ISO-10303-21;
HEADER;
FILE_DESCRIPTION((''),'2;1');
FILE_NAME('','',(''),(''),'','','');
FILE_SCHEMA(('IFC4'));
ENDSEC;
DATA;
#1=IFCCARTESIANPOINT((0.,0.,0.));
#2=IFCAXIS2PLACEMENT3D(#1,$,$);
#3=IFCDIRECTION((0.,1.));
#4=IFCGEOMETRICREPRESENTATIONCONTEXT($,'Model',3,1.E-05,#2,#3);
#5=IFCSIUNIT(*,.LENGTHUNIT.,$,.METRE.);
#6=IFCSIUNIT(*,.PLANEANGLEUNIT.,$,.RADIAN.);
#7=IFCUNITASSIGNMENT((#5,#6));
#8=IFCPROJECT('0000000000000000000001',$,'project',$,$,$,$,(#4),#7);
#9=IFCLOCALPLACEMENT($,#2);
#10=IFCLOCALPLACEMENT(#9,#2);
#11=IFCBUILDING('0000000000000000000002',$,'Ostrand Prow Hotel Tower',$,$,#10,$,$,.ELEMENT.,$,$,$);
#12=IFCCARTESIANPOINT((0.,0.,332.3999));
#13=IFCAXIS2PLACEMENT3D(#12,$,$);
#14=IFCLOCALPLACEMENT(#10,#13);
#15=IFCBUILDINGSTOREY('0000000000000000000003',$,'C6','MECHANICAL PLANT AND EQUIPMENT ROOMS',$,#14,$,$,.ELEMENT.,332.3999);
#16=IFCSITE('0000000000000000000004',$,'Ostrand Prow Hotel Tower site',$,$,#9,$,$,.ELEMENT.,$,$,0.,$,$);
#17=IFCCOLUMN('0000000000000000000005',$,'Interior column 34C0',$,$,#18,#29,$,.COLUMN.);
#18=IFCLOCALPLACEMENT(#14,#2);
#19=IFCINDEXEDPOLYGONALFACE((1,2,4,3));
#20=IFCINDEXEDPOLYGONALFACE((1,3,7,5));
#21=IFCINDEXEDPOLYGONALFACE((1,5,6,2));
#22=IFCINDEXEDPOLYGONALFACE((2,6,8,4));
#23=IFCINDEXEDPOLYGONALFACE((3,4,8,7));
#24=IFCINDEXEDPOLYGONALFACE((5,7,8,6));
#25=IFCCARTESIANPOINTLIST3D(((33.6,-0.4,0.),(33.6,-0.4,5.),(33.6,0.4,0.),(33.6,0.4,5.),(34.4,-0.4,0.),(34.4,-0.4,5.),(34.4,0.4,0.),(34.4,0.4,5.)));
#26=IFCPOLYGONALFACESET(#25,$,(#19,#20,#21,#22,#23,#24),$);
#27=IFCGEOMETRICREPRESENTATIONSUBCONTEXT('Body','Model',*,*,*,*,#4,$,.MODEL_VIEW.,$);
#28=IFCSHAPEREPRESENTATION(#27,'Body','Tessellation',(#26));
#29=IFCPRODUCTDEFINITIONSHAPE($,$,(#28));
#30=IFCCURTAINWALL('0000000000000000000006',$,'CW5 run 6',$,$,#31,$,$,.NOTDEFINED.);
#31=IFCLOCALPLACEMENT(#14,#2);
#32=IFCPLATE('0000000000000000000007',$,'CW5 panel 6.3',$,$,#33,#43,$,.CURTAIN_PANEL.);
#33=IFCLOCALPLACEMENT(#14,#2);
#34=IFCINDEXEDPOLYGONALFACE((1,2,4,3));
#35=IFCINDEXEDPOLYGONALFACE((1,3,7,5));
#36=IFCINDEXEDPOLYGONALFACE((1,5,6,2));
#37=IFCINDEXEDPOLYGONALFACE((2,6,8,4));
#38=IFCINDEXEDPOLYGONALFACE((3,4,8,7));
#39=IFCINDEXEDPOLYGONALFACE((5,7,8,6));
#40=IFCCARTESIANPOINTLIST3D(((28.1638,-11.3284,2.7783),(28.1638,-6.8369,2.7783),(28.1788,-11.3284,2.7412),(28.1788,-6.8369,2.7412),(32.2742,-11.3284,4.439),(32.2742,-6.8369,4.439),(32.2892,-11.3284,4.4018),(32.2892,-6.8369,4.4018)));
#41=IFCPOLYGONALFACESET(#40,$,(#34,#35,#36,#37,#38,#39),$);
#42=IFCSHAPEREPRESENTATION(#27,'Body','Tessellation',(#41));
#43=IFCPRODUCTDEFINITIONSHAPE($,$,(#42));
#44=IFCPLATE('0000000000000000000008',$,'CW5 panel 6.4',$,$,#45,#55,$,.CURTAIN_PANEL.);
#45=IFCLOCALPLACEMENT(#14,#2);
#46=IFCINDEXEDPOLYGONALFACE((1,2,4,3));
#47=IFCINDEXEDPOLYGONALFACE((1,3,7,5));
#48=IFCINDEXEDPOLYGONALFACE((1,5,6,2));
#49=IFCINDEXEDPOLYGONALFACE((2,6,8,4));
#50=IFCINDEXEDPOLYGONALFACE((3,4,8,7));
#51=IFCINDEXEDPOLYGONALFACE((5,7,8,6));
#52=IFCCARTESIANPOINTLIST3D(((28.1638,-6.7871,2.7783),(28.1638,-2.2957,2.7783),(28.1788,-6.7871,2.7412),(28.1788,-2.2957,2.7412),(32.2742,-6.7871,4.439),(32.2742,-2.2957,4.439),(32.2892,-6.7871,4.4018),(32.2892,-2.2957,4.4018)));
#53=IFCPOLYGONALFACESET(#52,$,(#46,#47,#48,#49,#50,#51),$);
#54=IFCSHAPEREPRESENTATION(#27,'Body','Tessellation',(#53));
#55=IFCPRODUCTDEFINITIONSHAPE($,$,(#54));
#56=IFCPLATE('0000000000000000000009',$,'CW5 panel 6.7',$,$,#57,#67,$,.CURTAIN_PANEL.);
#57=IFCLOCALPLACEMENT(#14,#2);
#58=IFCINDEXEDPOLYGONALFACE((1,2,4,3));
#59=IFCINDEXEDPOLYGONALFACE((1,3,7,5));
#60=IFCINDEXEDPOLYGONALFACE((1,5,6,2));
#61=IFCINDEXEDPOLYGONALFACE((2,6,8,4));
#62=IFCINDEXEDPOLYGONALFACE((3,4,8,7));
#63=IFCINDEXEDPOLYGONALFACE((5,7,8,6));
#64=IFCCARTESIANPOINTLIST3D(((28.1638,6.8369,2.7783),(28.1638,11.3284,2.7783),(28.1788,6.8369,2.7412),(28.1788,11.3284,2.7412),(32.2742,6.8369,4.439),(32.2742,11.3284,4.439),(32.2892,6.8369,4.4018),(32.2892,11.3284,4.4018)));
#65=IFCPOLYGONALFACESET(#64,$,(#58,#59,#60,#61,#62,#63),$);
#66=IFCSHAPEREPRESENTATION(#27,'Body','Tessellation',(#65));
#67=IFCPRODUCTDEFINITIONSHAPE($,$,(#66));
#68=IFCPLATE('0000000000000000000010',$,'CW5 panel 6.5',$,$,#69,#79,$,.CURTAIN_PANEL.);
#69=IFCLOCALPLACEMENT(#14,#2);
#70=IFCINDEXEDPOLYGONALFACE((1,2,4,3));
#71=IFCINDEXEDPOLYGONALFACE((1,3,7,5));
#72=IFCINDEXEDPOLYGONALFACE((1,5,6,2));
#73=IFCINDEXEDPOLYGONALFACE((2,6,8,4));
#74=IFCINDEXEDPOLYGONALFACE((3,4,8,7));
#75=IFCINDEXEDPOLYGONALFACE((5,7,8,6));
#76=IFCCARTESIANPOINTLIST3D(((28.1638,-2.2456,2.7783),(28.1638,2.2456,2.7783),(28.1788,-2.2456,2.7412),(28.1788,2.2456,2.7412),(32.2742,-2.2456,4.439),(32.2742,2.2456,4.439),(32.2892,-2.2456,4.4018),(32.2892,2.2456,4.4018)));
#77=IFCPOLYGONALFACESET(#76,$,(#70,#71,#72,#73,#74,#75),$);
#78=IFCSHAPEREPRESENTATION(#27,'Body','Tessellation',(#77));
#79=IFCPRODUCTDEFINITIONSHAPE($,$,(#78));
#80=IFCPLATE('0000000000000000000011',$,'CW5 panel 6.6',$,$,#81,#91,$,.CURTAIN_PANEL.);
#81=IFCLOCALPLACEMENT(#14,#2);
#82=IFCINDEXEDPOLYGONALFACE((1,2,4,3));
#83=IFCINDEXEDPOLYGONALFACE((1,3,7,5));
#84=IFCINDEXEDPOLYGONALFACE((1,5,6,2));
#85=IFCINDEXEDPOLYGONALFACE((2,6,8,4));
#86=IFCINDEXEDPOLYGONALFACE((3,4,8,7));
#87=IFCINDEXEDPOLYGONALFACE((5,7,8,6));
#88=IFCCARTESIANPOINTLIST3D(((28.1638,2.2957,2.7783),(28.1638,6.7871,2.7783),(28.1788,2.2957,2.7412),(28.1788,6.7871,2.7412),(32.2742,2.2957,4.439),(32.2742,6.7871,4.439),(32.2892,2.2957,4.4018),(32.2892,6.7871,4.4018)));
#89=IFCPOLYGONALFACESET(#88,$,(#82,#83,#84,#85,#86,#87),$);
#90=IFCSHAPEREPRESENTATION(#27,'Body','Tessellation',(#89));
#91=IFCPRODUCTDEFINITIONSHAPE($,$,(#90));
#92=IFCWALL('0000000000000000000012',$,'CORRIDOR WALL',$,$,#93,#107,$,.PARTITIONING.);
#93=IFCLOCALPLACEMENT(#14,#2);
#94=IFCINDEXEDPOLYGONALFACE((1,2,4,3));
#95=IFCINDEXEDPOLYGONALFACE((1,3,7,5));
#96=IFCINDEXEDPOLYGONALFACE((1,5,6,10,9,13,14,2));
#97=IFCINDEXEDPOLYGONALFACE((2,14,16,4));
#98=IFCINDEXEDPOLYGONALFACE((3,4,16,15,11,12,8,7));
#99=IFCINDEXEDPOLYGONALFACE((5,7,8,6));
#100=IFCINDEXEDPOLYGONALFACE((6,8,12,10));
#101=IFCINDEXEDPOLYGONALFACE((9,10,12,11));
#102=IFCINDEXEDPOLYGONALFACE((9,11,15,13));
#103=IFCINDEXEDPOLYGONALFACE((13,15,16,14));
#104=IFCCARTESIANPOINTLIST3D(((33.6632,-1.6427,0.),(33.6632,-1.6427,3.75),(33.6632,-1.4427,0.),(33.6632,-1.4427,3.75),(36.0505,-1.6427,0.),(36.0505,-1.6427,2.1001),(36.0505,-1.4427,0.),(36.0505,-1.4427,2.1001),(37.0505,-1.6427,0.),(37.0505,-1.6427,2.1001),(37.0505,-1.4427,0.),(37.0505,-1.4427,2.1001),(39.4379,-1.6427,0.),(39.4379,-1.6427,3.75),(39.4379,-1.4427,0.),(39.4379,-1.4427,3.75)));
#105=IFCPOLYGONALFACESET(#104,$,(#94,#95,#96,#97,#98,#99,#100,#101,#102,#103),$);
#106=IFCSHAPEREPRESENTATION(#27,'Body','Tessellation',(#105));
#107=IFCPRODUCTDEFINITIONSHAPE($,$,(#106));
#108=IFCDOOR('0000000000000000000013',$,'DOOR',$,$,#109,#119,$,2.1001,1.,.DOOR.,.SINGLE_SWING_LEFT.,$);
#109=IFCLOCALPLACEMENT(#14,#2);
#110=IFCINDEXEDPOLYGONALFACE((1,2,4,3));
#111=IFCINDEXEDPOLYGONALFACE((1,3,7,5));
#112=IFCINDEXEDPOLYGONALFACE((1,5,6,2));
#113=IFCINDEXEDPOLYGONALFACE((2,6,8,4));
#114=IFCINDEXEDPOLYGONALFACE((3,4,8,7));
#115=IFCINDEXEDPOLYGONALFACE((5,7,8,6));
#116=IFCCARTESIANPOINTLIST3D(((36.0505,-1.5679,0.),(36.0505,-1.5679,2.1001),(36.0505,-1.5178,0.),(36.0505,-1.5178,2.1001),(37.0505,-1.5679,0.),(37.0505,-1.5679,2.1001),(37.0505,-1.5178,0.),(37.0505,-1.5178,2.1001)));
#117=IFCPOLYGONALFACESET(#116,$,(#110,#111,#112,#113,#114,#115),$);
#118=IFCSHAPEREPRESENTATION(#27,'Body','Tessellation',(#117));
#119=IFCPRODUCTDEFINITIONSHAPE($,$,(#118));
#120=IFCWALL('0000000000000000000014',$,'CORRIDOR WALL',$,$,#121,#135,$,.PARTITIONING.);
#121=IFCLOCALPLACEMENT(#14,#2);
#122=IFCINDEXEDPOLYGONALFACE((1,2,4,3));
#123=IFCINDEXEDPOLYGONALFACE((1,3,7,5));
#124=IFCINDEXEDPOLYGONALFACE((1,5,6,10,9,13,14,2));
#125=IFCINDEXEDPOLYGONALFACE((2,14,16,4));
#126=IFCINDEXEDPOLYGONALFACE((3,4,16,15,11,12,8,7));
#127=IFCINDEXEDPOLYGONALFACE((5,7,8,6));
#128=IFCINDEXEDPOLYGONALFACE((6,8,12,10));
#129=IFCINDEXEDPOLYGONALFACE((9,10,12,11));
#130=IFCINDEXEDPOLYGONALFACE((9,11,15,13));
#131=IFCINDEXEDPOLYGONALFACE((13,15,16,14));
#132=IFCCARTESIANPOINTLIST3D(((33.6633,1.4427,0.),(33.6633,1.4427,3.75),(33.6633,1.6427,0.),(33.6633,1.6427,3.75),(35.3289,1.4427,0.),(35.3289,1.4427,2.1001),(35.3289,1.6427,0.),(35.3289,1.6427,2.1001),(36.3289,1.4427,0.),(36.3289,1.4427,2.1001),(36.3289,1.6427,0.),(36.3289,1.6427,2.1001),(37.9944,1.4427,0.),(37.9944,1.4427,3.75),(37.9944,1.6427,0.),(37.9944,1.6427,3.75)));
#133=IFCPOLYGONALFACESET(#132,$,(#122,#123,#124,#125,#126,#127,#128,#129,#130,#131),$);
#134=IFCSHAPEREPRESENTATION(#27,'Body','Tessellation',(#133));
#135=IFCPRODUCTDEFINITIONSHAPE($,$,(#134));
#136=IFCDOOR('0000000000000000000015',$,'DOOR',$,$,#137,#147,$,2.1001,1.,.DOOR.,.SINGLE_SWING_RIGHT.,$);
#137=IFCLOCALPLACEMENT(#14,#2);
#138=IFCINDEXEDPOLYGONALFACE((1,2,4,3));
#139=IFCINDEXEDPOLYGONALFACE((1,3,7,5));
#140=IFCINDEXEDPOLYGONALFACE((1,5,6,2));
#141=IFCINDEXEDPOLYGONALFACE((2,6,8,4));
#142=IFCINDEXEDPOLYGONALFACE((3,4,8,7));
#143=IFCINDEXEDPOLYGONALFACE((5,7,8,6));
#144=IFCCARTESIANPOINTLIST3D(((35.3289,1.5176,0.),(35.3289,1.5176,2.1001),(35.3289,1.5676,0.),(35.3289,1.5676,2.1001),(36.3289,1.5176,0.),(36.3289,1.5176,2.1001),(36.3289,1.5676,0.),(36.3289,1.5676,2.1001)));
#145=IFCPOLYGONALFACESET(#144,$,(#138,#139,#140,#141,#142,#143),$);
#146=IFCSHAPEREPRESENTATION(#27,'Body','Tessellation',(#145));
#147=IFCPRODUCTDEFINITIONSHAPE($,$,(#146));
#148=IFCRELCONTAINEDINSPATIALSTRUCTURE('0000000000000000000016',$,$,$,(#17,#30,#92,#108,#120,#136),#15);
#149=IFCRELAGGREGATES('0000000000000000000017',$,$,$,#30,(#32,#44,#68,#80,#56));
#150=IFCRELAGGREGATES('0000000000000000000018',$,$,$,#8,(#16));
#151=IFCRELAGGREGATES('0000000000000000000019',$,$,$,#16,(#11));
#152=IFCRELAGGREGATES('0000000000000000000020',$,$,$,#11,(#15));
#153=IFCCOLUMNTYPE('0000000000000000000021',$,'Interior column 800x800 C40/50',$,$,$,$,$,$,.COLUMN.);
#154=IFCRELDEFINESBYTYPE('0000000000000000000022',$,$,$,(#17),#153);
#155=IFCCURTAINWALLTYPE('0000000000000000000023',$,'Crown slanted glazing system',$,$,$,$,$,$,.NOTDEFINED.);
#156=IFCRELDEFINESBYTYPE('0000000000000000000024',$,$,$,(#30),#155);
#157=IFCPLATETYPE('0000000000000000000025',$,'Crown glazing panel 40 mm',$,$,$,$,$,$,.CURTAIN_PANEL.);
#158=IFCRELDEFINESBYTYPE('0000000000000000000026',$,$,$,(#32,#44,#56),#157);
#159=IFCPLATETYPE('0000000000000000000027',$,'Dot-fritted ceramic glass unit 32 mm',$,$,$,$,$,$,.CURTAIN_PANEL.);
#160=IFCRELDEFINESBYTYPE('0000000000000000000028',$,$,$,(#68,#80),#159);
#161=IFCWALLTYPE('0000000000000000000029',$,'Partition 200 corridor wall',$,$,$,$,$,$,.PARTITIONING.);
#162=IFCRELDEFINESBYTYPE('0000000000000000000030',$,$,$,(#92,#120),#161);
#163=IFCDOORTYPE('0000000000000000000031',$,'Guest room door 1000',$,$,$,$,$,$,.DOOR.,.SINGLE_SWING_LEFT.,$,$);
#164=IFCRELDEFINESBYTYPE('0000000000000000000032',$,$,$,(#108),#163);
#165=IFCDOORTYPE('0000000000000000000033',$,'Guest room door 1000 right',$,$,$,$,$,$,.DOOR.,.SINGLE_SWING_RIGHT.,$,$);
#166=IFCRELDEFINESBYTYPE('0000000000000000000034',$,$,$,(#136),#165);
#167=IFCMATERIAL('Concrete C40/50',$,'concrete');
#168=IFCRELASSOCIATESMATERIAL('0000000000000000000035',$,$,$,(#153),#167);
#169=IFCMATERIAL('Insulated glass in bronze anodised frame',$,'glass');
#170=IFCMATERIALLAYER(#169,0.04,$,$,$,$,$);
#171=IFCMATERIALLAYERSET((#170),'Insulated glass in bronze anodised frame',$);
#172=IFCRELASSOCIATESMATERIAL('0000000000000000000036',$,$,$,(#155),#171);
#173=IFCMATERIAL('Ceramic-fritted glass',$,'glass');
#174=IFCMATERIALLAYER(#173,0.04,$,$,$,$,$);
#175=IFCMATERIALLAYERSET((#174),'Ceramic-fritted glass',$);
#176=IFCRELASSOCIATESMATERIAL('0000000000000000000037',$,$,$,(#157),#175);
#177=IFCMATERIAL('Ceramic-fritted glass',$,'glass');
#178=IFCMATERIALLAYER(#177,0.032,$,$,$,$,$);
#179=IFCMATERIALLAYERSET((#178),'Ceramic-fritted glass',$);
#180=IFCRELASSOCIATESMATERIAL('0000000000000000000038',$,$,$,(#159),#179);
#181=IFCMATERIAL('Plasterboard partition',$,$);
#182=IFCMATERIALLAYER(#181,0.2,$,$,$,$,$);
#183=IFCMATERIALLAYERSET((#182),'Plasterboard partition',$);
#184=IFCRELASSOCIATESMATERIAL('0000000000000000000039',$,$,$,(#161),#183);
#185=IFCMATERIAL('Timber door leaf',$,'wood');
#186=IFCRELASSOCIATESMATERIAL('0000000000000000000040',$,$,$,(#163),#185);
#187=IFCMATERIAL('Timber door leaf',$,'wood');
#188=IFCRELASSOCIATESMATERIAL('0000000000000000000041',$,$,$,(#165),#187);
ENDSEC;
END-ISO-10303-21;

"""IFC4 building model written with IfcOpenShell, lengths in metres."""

from ifc_helpers import new_model, si_unit, direction, frame, frame_2d, origin, origin_2d, place, context, subcontext, project, spatial, polyline, rectangle, outline, extrude, material, layer, layer_set, material_profile, profile_set, type_object, element, fill, aggregate, save


model = new_model("IFC4")

# Units and contexts
model_context = context("Model", 3, precision=1e-05, world=origin(), true_north=direction((0.0, 1.0)))
body_context = subcontext(model_context, "Body", "Model", "MODEL_VIEW")
ifc_project = project(units=[si_unit("LENGTHUNIT", "METRE"), si_unit("PLANEANGLEUNIT", "RADIAN")], contexts=[model_context])

# Site, building, storey
site_placement = place(None, origin())
site = spatial("IfcSite", under=ifc_project, at=site_placement, Name="Ostrand Prow Hotel Tower site", CompositionType="ELEMENT", RefElevation=0.0)
building_placement = place(site_placement, origin())
building = spatial("IfcBuilding", under=site, at=building_placement, Name="Ostrand Prow Hotel Tower", CompositionType="ELEMENT")
storey_placement = place(building_placement, frame((0.0, 0.0, 332.3999)))
storey = spatial("IfcBuildingStorey", under=building, at=storey_placement, Name="C6", Description="MECHANICAL PLANT AND EQUIPMENT ROOMS", CompositionType="ELEMENT", Elevation=332.3999)

# Column
ifc_material_1 = material(Name="Concrete C40/50", Category="concrete")
ifc_material_profile = material_profile(ifc_material_1, rectangle(XDim=0.8, YDim=0.8, at=origin_2d()), Name="RC 800x800")
ifc_profile_set = profile_set([ifc_material_profile], Name="Concrete C40/50")
column_type = type_object("IfcColumnType", Name="Interior column 800x800 C40/50", PredefinedType="COLUMN", material=ifc_profile_set)
column_placement = place(storey_placement, frame((34.0, 0.0, 0.0), z_axis=(0.0, 0.0, 1.0), x_axis=(1.0, 0.0, 0.0)))
element("IfcColumn", 1, at=column_placement, inside=storey, type_object=column_type, Name="Interior column 34C0", PredefinedType="COLUMN", context=body_context, shape_type="SweptSolid", body=[
    extrude(rectangle(XDim=0.8, YDim=0.8, at=origin_2d()), origin(), (0.0, 0.0, 1.0), 5.0),
])

# Curtain wall, plates
ifc_material_2 = material(Name="Insulated glass in bronze anodised frame", Category="glass")
ifc_layer_1 = layer(ifc_material_2, 0.04)
ifc_layer_set_1 = layer_set([ifc_layer_1], Name="Insulated glass in bronze anodised frame")
curtain_wall_type = type_object("IfcCurtainWallType", Name="Crown slanted glazing system", PredefinedType="NOTDEFINED", material=ifc_layer_set_1)
curtain_wall_placement = place(storey_placement, origin())
curtain_wall = element("IfcCurtainWall", 2, at=curtain_wall_placement, inside=storey, type_object=curtain_wall_type, Name="CW5 run 6", PredefinedType="NOTDEFINED")
ifc_material_3 = material(Name="Ceramic-fritted glass", Category="glass")
ifc_layer_2 = layer(ifc_material_3, 0.04)
ifc_layer_set_2 = layer_set([ifc_layer_2], Name="Ceramic-fritted glass")
plate_type_1 = type_object("IfcPlateType", Name="Crown glazing panel 40 mm", PredefinedType="CURTAIN_PANEL", material=ifc_layer_set_2)
plate_1_placement = place(storey_placement, frame((28.1638, -11.3284, 2.7783), z_axis=(-0.374598, 0.0, 0.927187), x_axis=(0.927187, 0.0, 0.374598)))
plate_1 = element("IfcPlate", 3, at=plate_1_placement, type_object=plate_type_1, Name="CW5 panel 6.3", PredefinedType="CURTAIN_PANEL", context=body_context, shape_type="SweptSolid", body=[
    extrude(outline(polyline([(0.0, 0.0), (4.4331, 0.0), (4.4331, 4.4915), (0.0, 4.4915), (0.0, 0.0)])), origin(), (0.0, 0.0, -1.0), 0.04),
])
plate_2_placement = place(storey_placement, frame((28.1638, -6.7871, 2.7783), z_axis=(-0.374598, 0.0, 0.927187), x_axis=(0.927187, 0.0, 0.374598)))
plate_2 = element("IfcPlate", 4, at=plate_2_placement, type_object=plate_type_1, Name="CW5 panel 6.4", PredefinedType="CURTAIN_PANEL", context=body_context, shape_type="SweptSolid", body=[
    extrude(outline(polyline([(0.0, 0.0), (4.4331, 0.0), (4.4331, 4.4915), (0.0, 4.4915), (0.0, 0.0)])), origin(), (0.0, 0.0, -1.0), 0.04),
])
plate_3_placement = place(storey_placement, frame((28.1638, 6.8369, 2.7783), z_axis=(-0.374598, 0.0, 0.927187), x_axis=(0.927187, 0.0, 0.374598)))
plate_3 = element("IfcPlate", 5, at=plate_3_placement, type_object=plate_type_1, Name="CW5 panel 6.7", PredefinedType="CURTAIN_PANEL", context=body_context, shape_type="SweptSolid", body=[
    extrude(outline(polyline([(0.0, 0.0), (4.4331, 0.0), (4.4331, 4.4915), (0.0, 4.4915), (0.0, 0.0)])), origin(), (0.0, 0.0, -1.0), 0.04),
])
ifc_material_4 = material(Name="Ceramic-fritted glass", Category="glass")
ifc_layer_3 = layer(ifc_material_4, 0.032)
ifc_layer_set_3 = layer_set([ifc_layer_3], Name="Ceramic-fritted glass")
plate_type_2 = type_object("IfcPlateType", Name="Dot-fritted ceramic glass unit 32 mm", PredefinedType="CURTAIN_PANEL", material=ifc_layer_set_3)
plate_4_placement = place(storey_placement, frame((28.1638, -2.2456, 2.7783), z_axis=(-0.374598, 0.0, 0.927187), x_axis=(0.927187, 0.0, 0.374598)))
plate_4 = element("IfcPlate", 6, at=plate_4_placement, type_object=plate_type_2, Name="CW5 panel 6.5", PredefinedType="CURTAIN_PANEL", context=body_context, shape_type="SweptSolid", body=[
    extrude(outline(polyline([(0.0, 0.0), (4.4331, 0.0), (4.4331, 4.4912), (0.0, 4.4912), (0.0, 0.0)])), origin(), (0.0, 0.0, -1.0), 0.04),
])
plate_5_placement = place(storey_placement, frame((28.1638, 2.2957, 2.7783), z_axis=(-0.374598, 0.0, 0.927187), x_axis=(0.927187, 0.0, 0.374598)))
plate_5 = element("IfcPlate", 7, at=plate_5_placement, type_object=plate_type_2, Name="CW5 panel 6.6", PredefinedType="CURTAIN_PANEL", context=body_context, shape_type="SweptSolid", body=[
    extrude(outline(polyline([(0.0, 0.0), (4.4331, 0.0), (4.4331, 4.4915), (0.0, 4.4915), (0.0, 0.0)])), origin(), (0.0, 0.0, -1.0), 0.04),
])
aggregate(curtain_wall, [plate_1, plate_2, plate_4, plate_5, plate_3])

# Walls, openings, doors
ifc_material_5 = material(Name="Plasterboard partition")
ifc_layer_4 = layer(ifc_material_5, 0.2)
ifc_layer_set_4 = layer_set([ifc_layer_4], Name="Plasterboard partition")
wall_type_1 = type_object("IfcWallType", Name="Partition 200 corridor wall", PredefinedType="PARTITIONING", material=ifc_layer_set_4)
wall_1_placement = place(storey_placement, frame((33.6633, -1.5427, 0.0), z_axis=(0.0, 0.0, 1.0), x_axis=(1.0, 0.0, 0.0)))
wall_1 = element("IfcWall", 8, at=wall_1_placement, inside=storey, type_object=wall_type_1, Name="CORRIDOR WALL", PredefinedType="PARTITIONING", context=body_context, shape_type="SweptSolid", body=[
    extrude(rectangle(XDim=5.7747, YDim=0.2, at=frame_2d((2.8872, 0.0))), origin(), (0.0, 0.0, 1.0), 3.75),
])
opening_1_placement = place(wall_1_placement, frame((2.3872, 0.0, 0.0)))
opening_1 = element("IfcOpeningElement", 9, at=opening_1_placement, cuts=wall_1, PredefinedType="OPENING", context=body_context, shape_type="SweptSolid", body=[
    extrude(rectangle(XDim=1.0, YDim=2.1001, at=frame_2d((0.5, 1.05))), frame((0.0, 0.1099, 0.0), z_axis=(0.0, -1.0, 0.0), x_axis=(1.0, 0.0, 0.0)), (0.0, 0.0, 1.0), 0.22),
])
ifc_material_6 = material(Name="Timber door leaf", Category="wood")
door_type_1 = type_object("IfcDoorType", Name="Guest room door 1000", OperationType="SINGLE_SWING_LEFT", PredefinedType="DOOR", material=ifc_material_6)
door_1_placement = place(opening_1_placement, origin())
door_1 = element("IfcDoor", 10, at=door_1_placement, inside=storey, type_object=door_type_1, Name="DOOR", OperationType="SINGLE_SWING_LEFT", OverallHeight=2.1001, OverallWidth=1.0, PredefinedType="DOOR", context=body_context, shape_type="SweptSolid", body=[
    extrude(rectangle(XDim=1.0, YDim=2.1001, at=frame_2d((0.5, 1.05))), frame((0.0, 0.0249, 0.0), z_axis=(0.0, -1.0, 0.0), x_axis=(1.0, 0.0, 0.0)), (0.0, 0.0, 1.0), 0.05),
])
fill(opening_1, door_1)
wall_2_placement = place(storey_placement, frame((33.6633, 1.5427, 0.0), z_axis=(0.0, 0.0, 1.0), x_axis=(1.0, 0.0, 0.0)))
wall_2 = element("IfcWall", 11, at=wall_2_placement, inside=storey, type_object=wall_type_1, Name="CORRIDOR WALL", PredefinedType="PARTITIONING", context=body_context, shape_type="SweptSolid", body=[
    extrude(rectangle(XDim=4.3311, YDim=0.2, at=frame_2d((2.1655, 0.0))), origin(), (0.0, 0.0, 1.0), 3.75),
])
opening_2_placement = place(wall_2_placement, frame((1.6655, 0.0, 0.0)))
opening_2 = element("IfcOpeningElement", 12, at=opening_2_placement, cuts=wall_2, PredefinedType="OPENING", context=body_context, shape_type="SweptSolid", body=[
    extrude(rectangle(XDim=1.0, YDim=2.1001, at=frame_2d((0.5, 1.05))), frame((0.0, 0.1099, 0.0), z_axis=(0.0, -1.0, 0.0), x_axis=(1.0, 0.0, 0.0)), (0.0, 0.0, 1.0), 0.22),
])
ifc_material_7 = material(Name="Timber door leaf", Category="wood")
door_type_2 = type_object("IfcDoorType", Name="Guest room door 1000 right", OperationType="SINGLE_SWING_RIGHT", PredefinedType="DOOR", material=ifc_material_7)
door_2_placement = place(opening_2_placement, origin())
door_2 = element("IfcDoor", 13, at=door_2_placement, inside=storey, type_object=door_type_2, Name="DOOR", OperationType="SINGLE_SWING_RIGHT", OverallHeight=2.1001, OverallWidth=1.0, PredefinedType="DOOR", context=body_context, shape_type="SweptSolid", body=[
    extrude(rectangle(XDim=1.0, YDim=2.1001, at=frame_2d((0.5, 1.05))), frame((0.0, 0.0249, 0.0), z_axis=(0.0, -1.0, 0.0), x_axis=(1.0, 0.0, 0.0)), (0.0, 0.0, 1.0), 0.05),
])
fill(opening_2, door_2)

save(model, "model.ifc")
